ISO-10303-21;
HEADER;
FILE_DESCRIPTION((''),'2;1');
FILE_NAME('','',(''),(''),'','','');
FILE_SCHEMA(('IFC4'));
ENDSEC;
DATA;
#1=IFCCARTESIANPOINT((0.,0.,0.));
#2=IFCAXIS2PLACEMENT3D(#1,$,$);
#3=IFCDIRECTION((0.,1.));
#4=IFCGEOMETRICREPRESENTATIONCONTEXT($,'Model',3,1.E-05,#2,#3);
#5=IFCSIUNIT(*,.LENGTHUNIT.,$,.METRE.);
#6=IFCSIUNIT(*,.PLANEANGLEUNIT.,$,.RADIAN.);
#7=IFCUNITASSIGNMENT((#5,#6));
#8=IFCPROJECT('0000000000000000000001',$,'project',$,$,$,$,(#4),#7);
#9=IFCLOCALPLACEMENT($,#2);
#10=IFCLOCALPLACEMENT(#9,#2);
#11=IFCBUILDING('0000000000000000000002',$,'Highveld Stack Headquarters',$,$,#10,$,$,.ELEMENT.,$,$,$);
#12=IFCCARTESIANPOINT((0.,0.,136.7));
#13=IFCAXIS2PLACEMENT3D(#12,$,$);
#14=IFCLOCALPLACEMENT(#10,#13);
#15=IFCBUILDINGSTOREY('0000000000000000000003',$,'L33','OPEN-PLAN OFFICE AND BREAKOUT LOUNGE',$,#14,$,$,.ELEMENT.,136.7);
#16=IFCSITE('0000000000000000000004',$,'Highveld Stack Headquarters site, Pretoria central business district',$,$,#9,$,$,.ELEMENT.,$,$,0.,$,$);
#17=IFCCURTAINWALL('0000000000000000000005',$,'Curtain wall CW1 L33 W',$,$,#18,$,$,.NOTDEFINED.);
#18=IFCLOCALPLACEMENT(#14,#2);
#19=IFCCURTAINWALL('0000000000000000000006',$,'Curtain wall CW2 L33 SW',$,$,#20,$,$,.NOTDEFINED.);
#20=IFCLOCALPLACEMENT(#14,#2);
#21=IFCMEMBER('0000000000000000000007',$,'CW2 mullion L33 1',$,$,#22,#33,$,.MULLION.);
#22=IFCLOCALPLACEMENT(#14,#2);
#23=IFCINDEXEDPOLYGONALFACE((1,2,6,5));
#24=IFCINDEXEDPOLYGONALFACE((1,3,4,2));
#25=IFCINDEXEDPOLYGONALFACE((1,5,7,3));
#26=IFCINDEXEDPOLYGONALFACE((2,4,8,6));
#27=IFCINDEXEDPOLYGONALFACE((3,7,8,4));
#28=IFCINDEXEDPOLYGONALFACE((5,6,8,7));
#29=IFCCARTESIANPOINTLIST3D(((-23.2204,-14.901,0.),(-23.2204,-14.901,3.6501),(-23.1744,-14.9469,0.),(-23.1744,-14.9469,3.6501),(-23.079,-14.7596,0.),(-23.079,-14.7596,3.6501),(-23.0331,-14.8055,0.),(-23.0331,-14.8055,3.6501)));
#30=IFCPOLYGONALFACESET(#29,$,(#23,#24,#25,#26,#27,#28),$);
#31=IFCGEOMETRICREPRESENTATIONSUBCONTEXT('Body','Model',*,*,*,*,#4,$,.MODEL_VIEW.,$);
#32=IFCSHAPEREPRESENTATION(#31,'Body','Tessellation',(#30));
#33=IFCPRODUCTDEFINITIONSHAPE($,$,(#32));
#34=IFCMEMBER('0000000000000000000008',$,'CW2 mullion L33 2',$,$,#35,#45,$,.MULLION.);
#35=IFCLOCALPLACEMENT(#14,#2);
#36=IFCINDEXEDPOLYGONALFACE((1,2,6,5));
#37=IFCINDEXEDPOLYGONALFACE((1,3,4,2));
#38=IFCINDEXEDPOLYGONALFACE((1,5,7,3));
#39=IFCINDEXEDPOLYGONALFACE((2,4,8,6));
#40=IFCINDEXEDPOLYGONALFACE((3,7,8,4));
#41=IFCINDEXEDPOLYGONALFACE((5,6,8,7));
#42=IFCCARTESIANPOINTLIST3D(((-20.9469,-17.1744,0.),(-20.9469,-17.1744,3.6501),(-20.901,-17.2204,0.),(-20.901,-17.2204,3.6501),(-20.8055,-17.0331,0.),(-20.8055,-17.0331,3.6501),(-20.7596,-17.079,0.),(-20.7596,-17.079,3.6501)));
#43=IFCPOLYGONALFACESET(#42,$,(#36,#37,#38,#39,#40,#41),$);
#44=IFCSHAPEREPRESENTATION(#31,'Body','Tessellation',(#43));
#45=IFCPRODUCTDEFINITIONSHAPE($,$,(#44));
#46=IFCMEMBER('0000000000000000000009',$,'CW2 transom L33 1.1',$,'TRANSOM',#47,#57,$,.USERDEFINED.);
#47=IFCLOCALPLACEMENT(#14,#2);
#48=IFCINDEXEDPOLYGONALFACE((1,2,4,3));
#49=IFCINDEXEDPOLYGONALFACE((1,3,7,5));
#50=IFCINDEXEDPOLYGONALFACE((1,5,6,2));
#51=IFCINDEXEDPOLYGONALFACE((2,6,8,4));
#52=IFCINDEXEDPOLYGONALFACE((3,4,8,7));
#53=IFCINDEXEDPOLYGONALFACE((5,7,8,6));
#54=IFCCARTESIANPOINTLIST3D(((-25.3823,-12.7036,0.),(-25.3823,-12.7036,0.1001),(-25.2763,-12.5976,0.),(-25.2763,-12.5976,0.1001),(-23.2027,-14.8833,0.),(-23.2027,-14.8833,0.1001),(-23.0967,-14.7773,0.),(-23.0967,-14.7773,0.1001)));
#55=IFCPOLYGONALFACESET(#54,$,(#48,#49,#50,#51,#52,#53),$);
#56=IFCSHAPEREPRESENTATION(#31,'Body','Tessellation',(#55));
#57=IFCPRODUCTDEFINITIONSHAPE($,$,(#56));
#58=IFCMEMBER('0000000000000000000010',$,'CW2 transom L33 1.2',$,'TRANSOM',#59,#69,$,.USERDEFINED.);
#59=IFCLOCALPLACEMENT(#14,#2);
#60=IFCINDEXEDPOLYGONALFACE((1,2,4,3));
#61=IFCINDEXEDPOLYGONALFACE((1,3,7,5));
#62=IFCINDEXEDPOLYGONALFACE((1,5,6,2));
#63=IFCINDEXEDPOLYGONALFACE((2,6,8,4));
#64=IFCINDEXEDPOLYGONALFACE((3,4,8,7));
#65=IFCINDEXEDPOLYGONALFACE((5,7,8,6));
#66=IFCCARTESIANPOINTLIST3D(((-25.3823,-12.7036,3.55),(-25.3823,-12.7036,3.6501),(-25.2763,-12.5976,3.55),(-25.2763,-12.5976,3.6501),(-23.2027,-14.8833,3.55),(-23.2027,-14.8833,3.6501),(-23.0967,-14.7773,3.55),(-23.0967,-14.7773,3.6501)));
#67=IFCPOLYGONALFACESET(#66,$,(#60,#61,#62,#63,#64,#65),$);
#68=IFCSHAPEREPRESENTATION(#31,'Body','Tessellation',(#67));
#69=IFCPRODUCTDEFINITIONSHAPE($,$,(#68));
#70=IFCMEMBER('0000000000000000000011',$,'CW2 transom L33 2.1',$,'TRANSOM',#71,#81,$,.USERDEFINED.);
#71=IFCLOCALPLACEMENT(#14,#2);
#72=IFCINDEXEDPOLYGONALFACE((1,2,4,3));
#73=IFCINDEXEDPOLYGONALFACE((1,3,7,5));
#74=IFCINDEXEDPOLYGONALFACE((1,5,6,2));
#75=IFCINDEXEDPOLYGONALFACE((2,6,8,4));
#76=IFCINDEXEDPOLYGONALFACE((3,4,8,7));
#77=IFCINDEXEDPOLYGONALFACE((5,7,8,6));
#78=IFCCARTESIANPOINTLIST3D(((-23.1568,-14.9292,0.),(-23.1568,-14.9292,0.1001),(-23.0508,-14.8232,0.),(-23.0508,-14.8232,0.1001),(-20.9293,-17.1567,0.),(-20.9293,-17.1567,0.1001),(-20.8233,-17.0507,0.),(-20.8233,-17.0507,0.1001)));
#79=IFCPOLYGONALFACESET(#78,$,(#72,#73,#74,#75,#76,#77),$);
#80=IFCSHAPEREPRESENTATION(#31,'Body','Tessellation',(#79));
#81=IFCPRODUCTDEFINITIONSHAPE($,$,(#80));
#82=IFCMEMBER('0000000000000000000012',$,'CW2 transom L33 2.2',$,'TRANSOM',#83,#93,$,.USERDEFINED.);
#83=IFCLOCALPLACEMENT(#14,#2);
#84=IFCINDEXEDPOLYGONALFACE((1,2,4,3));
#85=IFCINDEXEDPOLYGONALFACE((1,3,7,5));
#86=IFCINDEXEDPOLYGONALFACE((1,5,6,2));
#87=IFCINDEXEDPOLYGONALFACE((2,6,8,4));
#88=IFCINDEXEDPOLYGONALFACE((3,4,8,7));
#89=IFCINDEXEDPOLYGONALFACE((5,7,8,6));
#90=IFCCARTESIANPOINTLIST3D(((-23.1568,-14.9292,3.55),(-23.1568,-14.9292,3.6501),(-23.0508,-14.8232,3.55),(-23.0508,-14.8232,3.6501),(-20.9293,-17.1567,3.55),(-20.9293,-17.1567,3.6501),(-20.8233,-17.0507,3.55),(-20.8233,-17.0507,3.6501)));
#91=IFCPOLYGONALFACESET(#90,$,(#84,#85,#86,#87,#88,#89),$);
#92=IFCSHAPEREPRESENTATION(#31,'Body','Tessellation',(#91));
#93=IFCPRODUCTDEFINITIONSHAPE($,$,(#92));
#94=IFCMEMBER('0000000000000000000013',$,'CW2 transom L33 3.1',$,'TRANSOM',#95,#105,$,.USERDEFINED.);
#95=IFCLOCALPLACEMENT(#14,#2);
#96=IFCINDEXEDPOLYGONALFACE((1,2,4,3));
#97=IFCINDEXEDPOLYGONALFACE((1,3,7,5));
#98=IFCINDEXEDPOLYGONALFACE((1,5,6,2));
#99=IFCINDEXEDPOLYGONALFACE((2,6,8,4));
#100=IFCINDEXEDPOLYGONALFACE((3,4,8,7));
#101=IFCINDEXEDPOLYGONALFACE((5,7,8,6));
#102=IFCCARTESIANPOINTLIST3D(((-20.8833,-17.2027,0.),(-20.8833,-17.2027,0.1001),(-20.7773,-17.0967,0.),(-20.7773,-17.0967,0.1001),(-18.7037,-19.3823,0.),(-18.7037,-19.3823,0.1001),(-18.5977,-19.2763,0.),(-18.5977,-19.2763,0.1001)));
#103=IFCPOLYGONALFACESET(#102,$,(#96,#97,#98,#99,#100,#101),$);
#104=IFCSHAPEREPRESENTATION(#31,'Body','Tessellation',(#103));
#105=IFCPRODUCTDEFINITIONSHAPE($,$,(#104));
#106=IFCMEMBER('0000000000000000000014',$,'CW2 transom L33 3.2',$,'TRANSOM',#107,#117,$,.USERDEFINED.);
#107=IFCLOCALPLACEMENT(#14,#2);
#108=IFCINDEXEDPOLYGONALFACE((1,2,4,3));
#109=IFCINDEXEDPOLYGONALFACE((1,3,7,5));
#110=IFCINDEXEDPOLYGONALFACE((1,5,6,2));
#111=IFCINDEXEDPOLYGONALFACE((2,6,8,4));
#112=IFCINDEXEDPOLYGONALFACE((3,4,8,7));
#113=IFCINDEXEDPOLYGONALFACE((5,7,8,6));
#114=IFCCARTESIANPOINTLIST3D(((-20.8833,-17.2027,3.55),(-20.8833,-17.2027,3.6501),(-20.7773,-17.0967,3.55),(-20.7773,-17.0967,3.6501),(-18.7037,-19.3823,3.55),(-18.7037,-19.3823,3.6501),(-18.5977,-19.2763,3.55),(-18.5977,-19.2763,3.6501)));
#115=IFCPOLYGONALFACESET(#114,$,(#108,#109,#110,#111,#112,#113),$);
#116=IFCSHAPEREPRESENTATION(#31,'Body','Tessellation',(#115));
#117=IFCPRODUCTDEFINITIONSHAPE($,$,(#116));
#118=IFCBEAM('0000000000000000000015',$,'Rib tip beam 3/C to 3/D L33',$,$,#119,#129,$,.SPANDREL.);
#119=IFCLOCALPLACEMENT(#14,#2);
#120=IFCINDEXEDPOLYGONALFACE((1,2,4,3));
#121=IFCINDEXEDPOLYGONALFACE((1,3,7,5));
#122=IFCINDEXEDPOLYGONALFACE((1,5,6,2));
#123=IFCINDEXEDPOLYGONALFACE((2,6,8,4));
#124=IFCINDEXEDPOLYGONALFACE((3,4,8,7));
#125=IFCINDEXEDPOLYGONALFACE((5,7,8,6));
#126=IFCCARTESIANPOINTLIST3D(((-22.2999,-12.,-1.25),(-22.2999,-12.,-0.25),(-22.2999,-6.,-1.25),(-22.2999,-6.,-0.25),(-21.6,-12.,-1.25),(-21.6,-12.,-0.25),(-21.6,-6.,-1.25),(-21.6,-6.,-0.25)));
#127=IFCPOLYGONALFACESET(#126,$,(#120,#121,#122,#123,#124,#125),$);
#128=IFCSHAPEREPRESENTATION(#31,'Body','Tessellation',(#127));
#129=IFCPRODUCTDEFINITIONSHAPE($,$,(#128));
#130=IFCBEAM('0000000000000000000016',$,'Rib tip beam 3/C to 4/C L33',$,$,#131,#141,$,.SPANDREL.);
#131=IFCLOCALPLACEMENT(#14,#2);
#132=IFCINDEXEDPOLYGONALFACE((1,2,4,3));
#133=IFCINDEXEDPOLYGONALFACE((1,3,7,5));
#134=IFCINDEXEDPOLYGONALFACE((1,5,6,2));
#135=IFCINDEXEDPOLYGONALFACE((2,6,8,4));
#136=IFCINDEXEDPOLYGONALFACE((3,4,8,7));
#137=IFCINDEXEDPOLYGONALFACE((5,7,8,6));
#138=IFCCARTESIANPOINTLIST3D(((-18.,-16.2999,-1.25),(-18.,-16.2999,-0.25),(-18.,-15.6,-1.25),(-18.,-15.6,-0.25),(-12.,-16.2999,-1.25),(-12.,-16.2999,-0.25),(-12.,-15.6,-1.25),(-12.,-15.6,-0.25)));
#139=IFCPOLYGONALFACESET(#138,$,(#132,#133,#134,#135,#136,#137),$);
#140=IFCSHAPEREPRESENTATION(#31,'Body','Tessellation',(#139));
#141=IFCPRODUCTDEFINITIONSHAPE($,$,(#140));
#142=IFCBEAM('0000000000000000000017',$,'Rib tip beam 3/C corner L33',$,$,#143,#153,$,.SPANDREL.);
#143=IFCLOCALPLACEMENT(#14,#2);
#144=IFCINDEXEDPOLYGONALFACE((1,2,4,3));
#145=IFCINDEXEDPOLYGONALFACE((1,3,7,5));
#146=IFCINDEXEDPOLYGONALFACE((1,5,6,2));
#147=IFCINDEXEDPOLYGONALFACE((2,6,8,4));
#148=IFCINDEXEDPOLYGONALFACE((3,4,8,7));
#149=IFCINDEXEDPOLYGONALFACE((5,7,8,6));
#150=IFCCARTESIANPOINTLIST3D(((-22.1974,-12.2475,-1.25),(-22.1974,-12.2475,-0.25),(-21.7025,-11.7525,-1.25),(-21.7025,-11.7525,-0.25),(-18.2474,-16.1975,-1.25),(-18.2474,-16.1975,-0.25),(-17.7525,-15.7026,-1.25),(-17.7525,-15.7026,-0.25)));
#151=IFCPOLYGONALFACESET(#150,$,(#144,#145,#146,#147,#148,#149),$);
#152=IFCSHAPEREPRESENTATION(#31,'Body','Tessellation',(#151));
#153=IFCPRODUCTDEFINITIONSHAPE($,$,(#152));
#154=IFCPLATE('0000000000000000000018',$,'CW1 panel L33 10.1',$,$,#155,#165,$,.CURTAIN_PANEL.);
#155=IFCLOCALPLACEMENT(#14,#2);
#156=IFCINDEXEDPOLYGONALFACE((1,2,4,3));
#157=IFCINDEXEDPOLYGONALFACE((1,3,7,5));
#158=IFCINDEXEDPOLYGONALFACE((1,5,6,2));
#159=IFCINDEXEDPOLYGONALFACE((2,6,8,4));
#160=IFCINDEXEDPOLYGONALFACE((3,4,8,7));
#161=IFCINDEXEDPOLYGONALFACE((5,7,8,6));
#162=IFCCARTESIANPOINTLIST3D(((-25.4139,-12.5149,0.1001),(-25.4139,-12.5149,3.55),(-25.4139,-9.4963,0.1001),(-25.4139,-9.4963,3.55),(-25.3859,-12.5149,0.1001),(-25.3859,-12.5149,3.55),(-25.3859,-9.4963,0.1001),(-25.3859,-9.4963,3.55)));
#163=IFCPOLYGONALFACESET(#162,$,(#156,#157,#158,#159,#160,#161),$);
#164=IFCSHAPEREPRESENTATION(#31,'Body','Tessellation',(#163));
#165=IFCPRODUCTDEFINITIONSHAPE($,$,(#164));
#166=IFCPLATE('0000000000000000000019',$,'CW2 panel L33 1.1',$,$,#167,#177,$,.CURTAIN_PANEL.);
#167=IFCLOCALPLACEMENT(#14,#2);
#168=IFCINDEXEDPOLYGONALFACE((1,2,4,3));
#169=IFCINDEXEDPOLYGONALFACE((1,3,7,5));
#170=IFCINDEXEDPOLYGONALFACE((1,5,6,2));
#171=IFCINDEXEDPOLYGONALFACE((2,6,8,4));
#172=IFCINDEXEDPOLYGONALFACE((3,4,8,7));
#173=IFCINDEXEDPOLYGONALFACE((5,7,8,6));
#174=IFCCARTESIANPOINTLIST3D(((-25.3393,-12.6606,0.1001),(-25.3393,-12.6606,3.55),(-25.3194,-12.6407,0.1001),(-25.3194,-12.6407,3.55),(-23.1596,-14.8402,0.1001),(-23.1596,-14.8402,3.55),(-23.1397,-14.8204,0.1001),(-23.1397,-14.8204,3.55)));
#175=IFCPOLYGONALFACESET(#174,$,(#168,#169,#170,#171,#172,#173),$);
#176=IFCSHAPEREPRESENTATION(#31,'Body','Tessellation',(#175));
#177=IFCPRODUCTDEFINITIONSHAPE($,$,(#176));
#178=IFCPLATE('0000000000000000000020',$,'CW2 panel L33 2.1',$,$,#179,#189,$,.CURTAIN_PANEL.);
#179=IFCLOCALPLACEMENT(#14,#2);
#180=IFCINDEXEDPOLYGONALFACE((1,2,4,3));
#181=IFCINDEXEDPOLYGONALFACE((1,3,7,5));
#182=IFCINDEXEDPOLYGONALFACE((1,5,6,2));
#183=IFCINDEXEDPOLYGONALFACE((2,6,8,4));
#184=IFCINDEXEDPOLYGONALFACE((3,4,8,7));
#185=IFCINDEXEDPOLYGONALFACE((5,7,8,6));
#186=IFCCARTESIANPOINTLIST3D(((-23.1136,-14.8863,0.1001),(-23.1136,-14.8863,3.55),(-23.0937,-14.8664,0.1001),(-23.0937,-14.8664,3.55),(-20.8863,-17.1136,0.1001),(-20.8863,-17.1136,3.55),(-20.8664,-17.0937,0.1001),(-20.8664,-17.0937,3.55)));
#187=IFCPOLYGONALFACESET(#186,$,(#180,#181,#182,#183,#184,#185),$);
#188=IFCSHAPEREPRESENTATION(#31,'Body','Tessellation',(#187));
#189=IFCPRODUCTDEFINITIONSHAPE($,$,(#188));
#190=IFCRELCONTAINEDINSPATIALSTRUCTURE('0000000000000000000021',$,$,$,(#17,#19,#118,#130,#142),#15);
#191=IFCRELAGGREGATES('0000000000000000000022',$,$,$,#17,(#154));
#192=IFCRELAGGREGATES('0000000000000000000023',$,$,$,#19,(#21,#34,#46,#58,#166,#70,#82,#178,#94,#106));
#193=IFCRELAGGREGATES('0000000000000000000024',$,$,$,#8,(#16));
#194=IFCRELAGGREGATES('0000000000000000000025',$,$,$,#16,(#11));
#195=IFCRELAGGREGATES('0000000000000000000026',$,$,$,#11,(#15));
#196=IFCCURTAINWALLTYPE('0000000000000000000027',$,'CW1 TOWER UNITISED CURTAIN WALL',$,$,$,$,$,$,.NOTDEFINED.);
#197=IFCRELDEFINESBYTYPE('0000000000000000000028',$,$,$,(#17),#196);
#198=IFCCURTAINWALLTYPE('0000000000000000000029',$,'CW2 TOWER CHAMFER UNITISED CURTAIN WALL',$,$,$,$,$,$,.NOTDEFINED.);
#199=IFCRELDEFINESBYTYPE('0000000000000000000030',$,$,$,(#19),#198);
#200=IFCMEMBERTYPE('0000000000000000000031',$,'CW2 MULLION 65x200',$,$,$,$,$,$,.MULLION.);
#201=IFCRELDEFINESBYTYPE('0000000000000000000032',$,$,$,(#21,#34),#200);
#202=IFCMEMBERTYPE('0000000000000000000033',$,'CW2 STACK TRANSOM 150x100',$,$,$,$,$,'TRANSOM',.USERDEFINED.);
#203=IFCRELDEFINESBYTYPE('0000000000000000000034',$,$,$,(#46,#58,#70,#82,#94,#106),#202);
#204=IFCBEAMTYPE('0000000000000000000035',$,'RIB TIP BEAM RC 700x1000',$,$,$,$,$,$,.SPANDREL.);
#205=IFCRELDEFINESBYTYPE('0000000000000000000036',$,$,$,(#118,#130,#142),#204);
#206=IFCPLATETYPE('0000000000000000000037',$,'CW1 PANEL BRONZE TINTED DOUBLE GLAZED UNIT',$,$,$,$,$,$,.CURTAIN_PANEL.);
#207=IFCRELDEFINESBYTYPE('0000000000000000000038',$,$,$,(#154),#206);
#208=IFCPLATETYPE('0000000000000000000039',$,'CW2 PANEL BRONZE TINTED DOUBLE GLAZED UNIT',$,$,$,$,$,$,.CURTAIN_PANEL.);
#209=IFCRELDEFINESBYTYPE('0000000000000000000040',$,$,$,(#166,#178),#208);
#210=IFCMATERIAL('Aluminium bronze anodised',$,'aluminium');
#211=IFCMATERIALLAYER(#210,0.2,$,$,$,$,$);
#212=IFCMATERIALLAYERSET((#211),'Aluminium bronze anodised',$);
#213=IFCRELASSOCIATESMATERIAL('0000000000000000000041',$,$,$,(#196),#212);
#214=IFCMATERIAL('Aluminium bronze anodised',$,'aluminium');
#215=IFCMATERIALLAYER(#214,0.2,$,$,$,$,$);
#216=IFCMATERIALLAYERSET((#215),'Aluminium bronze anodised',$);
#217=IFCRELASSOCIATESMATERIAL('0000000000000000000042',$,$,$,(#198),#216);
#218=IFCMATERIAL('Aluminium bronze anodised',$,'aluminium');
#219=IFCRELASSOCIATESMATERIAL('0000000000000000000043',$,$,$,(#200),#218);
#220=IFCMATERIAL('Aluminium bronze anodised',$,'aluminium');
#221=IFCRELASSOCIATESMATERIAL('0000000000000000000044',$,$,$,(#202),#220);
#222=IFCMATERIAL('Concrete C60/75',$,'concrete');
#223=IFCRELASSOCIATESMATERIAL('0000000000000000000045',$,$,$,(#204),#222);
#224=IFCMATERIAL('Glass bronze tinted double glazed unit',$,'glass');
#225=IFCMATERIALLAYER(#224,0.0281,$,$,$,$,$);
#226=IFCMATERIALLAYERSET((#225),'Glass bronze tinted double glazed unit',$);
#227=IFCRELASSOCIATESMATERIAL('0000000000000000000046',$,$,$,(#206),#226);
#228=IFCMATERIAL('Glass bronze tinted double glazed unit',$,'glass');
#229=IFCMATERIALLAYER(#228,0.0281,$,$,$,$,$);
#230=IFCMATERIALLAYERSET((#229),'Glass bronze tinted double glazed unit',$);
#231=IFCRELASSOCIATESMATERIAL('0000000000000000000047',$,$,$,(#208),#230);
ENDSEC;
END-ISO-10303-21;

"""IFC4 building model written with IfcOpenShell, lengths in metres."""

from ifc_helpers import new_model, si_unit, direction, frame, origin, origin_2d, place, context, subcontext, project, spatial, rectangle, extrude, material, layer, layer_set, material_profile, profile_set, type_object, element, aggregate, save


model = new_model("IFC4")

# Units and contexts
model_context = context("Model", 3, precision=1e-05, world=origin(), true_north=direction((0.0, 1.0)))
body_context = subcontext(model_context, "Body", "Model", "MODEL_VIEW")
ifc_project = project(units=[si_unit("LENGTHUNIT", "METRE"), si_unit("PLANEANGLEUNIT", "RADIAN")], contexts=[model_context])

# Site, building, storey
site_placement = place(None, origin())
site = spatial("IfcSite", under=ifc_project, at=site_placement, Name="Highveld Stack Headquarters site, Pretoria central business district", CompositionType="ELEMENT", RefElevation=0.0)
building_placement = place(site_placement, origin())
building = spatial("IfcBuilding", under=site, at=building_placement, Name="Highveld Stack Headquarters", CompositionType="ELEMENT")
storey_placement = place(building_placement, frame((0.0, 0.0, 136.7)))
storey = spatial("IfcBuildingStorey", under=building, at=storey_placement, Name="L33", Description="OPEN-PLAN OFFICE AND BREAKOUT LOUNGE", CompositionType="ELEMENT", Elevation=136.7)

# Curtain wall
ifc_material_1 = material(Name="Aluminium bronze anodised", Category="aluminium")
ifc_layer_1 = layer(ifc_material_1, 0.2)
ifc_layer_set_1 = layer_set([ifc_layer_1], Name="Aluminium bronze anodised")
curtain_wall_type_1 = type_object("IfcCurtainWallType", Name="CW1 TOWER UNITISED CURTAIN WALL", PredefinedType="NOTDEFINED", material=ifc_layer_set_1)
curtain_wall_1_placement = place(storey_placement, origin())
curtain_wall_1 = element("IfcCurtainWall", 1, at=curtain_wall_1_placement, inside=storey, type_object=curtain_wall_type_1, Name="Curtain wall CW1 L33 W", PredefinedType="NOTDEFINED")

# Curtain wall, members
ifc_material_2 = material(Name="Aluminium bronze anodised", Category="aluminium")
ifc_layer_2 = layer(ifc_material_2, 0.2)
ifc_layer_set_2 = layer_set([ifc_layer_2], Name="Aluminium bronze anodised")
curtain_wall_type_2 = type_object("IfcCurtainWallType", Name="CW2 TOWER CHAMFER UNITISED CURTAIN WALL", PredefinedType="NOTDEFINED", material=ifc_layer_set_2)
curtain_wall_2_placement = place(storey_placement, origin())
curtain_wall_2 = element("IfcCurtainWall", 2, at=curtain_wall_2_placement, inside=storey, type_object=curtain_wall_type_2, Name="Curtain wall CW2 L33 SW", PredefinedType="NOTDEFINED")
ifc_material_3 = material(Name="Aluminium bronze anodised", Category="aluminium")
ifc_material_profile_1 = material_profile(ifc_material_3, rectangle(XDim=0.2, YDim=0.0649, at=origin_2d()), Name="CW2 MULLION 65x200")
ifc_profile_set_1 = profile_set([ifc_material_profile_1], Name="Aluminium bronze anodised")
member_type_1 = type_object("IfcMemberType", Name="CW2 MULLION 65x200", PredefinedType="MULLION", material=ifc_profile_set_1)
member_1_placement = place(storey_placement, frame((-23.1267, -14.8533, 0.0), z_axis=(0.0, 0.0, 1.0), x_axis=(0.707107, 0.707107, 0.0)))
member_1 = element("IfcMember", 3, at=member_1_placement, type_object=member_type_1, Name="CW2 mullion L33 1", PredefinedType="MULLION", context=body_context, shape_type="SweptSolid", body=[
    extrude(rectangle(XDim=0.2, YDim=0.0649, at=origin_2d()), origin(), (0.0, 0.0, 1.0), 3.6501),
])
member_2_placement = place(storey_placement, frame((-20.8533, -17.1267, 0.0), z_axis=(0.0, 0.0, 1.0), x_axis=(0.707107, 0.707107, 0.0)))
member_2 = element("IfcMember", 4, at=member_2_placement, type_object=member_type_1, Name="CW2 mullion L33 2", PredefinedType="MULLION", context=body_context, shape_type="SweptSolid", body=[
    extrude(rectangle(XDim=0.2, YDim=0.0649, at=origin_2d()), origin(), (0.0, 0.0, 1.0), 3.6501),
])
ifc_material_4 = material(Name="Aluminium bronze anodised", Category="aluminium")
ifc_material_profile_2 = material_profile(ifc_material_4, rectangle(XDim=0.1499, YDim=0.1001, at=origin_2d()), Name="CW2 TRANSOM 150x100")
ifc_profile_set_2 = profile_set([ifc_material_profile_2], Name="Aluminium bronze anodised")
member_type_2 = type_object("IfcMemberType", Name="CW2 STACK TRANSOM 150x100", ElementType="TRANSOM", PredefinedType="USERDEFINED", material=ifc_profile_set_2)
member_3_placement = place(storey_placement, frame((-25.3293, -12.6506, 0.05), z_axis=(0.707107, -0.707107, 0.0), x_axis=(0.707107, 0.707107, 0.0)))
member_3 = element("IfcMember", 5, at=member_3_placement, type_object=member_type_2, Name="CW2 transom L33 1.1", ObjectType="TRANSOM", PredefinedType="USERDEFINED", context=body_context, shape_type="SweptSolid", body=[
    extrude(rectangle(XDim=0.1499, YDim=0.1001, at=origin_2d()), origin(), (0.0, 0.0, 1.0), 3.0825),
])
member_4_placement = place(storey_placement, frame((-25.3293, -12.6506, 3.6001), z_axis=(0.707107, -0.707107, 0.0), x_axis=(0.707107, 0.707107, 0.0)))
member_4 = element("IfcMember", 6, at=member_4_placement, type_object=member_type_2, Name="CW2 transom L33 1.2", ObjectType="TRANSOM", PredefinedType="USERDEFINED", context=body_context, shape_type="SweptSolid", body=[
    extrude(rectangle(XDim=0.1499, YDim=0.1001, at=origin_2d()), origin(), (0.0, 0.0, 1.0), 3.0825),
])
member_5_placement = place(storey_placement, frame((-23.1038, -14.8762, 0.05), z_axis=(0.707107, -0.707107, 0.0), x_axis=(0.707107, 0.707107, 0.0)))
member_5 = element("IfcMember", 7, at=member_5_placement, type_object=member_type_2, Name="CW2 transom L33 2.1", ObjectType="TRANSOM", PredefinedType="USERDEFINED", context=body_context, shape_type="SweptSolid", body=[
    extrude(rectangle(XDim=0.1499, YDim=0.1001, at=origin_2d()), origin(), (0.0, 0.0, 1.0), 3.1501),
])
member_6_placement = place(storey_placement, frame((-23.1038, -14.8762, 3.6001), z_axis=(0.707107, -0.707107, 0.0), x_axis=(0.707107, 0.707107, 0.0)))
member_6 = element("IfcMember", 8, at=member_6_placement, type_object=member_type_2, Name="CW2 transom L33 2.2", ObjectType="TRANSOM", PredefinedType="USERDEFINED", context=body_context, shape_type="SweptSolid", body=[
    extrude(rectangle(XDim=0.1499, YDim=0.1001, at=origin_2d()), origin(), (0.0, 0.0, 1.0), 3.1501),
])
member_7_placement = place(storey_placement, frame((-20.8303, -17.1497, 0.05), z_axis=(0.707107, -0.707107, 0.0), x_axis=(0.707107, 0.707107, 0.0)))
member_7 = element("IfcMember", 9, at=member_7_placement, type_object=member_type_2, Name="CW2 transom L33 3.1", ObjectType="TRANSOM", PredefinedType="USERDEFINED", context=body_context, shape_type="SweptSolid", body=[
    extrude(rectangle(XDim=0.1499, YDim=0.1001, at=origin_2d()), origin(), (0.0, 0.0, 1.0), 3.0825),
])
member_8_placement = place(storey_placement, frame((-20.8303, -17.1497, 3.6001), z_axis=(0.707107, -0.707107, 0.0), x_axis=(0.707107, 0.707107, 0.0)))
member_8 = element("IfcMember", 10, at=member_8_placement, type_object=member_type_2, Name="CW2 transom L33 3.2", ObjectType="TRANSOM", PredefinedType="USERDEFINED", context=body_context, shape_type="SweptSolid", body=[
    extrude(rectangle(XDim=0.1499, YDim=0.1001, at=origin_2d()), origin(), (0.0, 0.0, 1.0), 3.0825),
])

# Beams
ifc_material_5 = material(Name="Concrete C60/75", Category="concrete")
ifc_material_profile_3 = material_profile(ifc_material_5, rectangle(XDim=0.7, YDim=1.0, at=origin_2d()), Name="RC 700x1000")
ifc_profile_set_3 = profile_set([ifc_material_profile_3], Name="Concrete C60/75")
beam_type_1 = type_object("IfcBeamType", Name="RIB TIP BEAM RC 700x1000", PredefinedType="SPANDREL", material=ifc_profile_set_3)
for number, where, z_axis, x_axis, name in (
    (11, (-21.95, -12.0, -0.75), (0.0, 1.0, 0.0), (-1.0, 0.0, 0.0), "Rib tip beam 3/C to 3/D L33"),
    (12, (-18.0, -15.95, -0.75), (1.0, 0.0, 0.0), (0.0, 1.0, 0.0), "Rib tip beam 3/C to 4/C L33"),
):
    element("IfcBeam", number, at=place(storey_placement, frame(where, z_axis=z_axis, x_axis=x_axis)), inside=storey, type_object=beam_type_1, Name=name, PredefinedType="SPANDREL", context=body_context, shape_type="SweptSolid", body=[
        extrude(rectangle(XDim=0.7, YDim=1.0, at=origin_2d()), origin(), (0.0, 0.0, 1.0), 6.0),
    ])
beam_1_placement = place(storey_placement, frame((-21.95, -12.0, -0.75), z_axis=(0.707107, -0.707107, 0.0), x_axis=(0.707107, 0.707107, 0.0)))
element("IfcBeam", 13, at=beam_1_placement, inside=storey, type_object=beam_type_1, Name="Rib tip beam 3/C corner L33", PredefinedType="SPANDREL", context=body_context, shape_type="SweptSolid", body=[
    extrude(rectangle(XDim=0.7, YDim=1.0, at=origin_2d()), origin(), (0.0, 0.0, 1.0), 5.5862),
])

# Plates
ifc_material_6 = material(Name="Glass bronze tinted double glazed unit", Category="glass")
ifc_layer_3 = layer(ifc_material_6, 0.0281)
ifc_layer_set_3 = layer_set([ifc_layer_3], Name="Glass bronze tinted double glazed unit")
plate_type_1 = type_object("IfcPlateType", Name="CW1 PANEL BRONZE TINTED DOUBLE GLAZED UNIT", PredefinedType="CURTAIN_PANEL", material=ifc_layer_set_3)
plate_1_placement = place(storey_placement, frame((-25.3999, -11.0056, 0.1001), z_axis=(0.0, 0.0, 1.0), x_axis=(0.0, -1.0, 0.0)))
plate_1 = element("IfcPlate", 14, at=plate_1_placement, type_object=plate_type_1, Name="CW1 panel L33 10.1", PredefinedType="CURTAIN_PANEL", context=body_context, shape_type="SweptSolid", body=[
    extrude(rectangle(XDim=3.0186, YDim=0.0281, at=origin_2d()), origin(), (0.0, 0.0, 1.0), 3.45),
])
aggregate(curtain_wall_1, [plate_1])
ifc_material_7 = material(Name="Glass bronze tinted double glazed unit", Category="glass")
ifc_layer_4 = layer(ifc_material_7, 0.0281)
ifc_layer_set_4 = layer_set([ifc_layer_4], Name="Glass bronze tinted double glazed unit")
plate_type_2 = type_object("IfcPlateType", Name="CW2 PANEL BRONZE TINTED DOUBLE GLAZED UNIT", PredefinedType="CURTAIN_PANEL", material=ifc_layer_set_4)
plate_2_placement = place(storey_placement, frame((-24.2395, -13.7405, 0.1001), z_axis=(0.0, 0.0, 1.0), x_axis=(0.707107, -0.707107, 0.0)))
plate_2 = element("IfcPlate", 15, at=plate_2_placement, type_object=plate_type_2, Name="CW2 panel L33 1.1", PredefinedType="CURTAIN_PANEL", context=body_context, shape_type="SweptSolid", body=[
    extrude(rectangle(XDim=3.0825, YDim=0.0281, at=origin_2d()), origin(), (0.0, 0.0, 1.0), 3.45),
])
plate_3_placement = place(storey_placement, frame((-21.99, -15.99, 0.1001), z_axis=(0.0, 0.0, 1.0), x_axis=(0.707107, -0.707107, 0.0)))
plate_3 = element("IfcPlate", 16, at=plate_3_placement, type_object=plate_type_2, Name="CW2 panel L33 2.1", PredefinedType="CURTAIN_PANEL", context=body_context, shape_type="SweptSolid", body=[
    extrude(rectangle(XDim=3.1499, YDim=0.0281, at=origin_2d()), origin(), (0.0, 0.0, 1.0), 3.45),
])
aggregate(curtain_wall_2, [member_1, member_2, member_3, member_4, plate_2, member_5, member_6, plate_3, member_7, member_8])

save(model, "model.ifc")
